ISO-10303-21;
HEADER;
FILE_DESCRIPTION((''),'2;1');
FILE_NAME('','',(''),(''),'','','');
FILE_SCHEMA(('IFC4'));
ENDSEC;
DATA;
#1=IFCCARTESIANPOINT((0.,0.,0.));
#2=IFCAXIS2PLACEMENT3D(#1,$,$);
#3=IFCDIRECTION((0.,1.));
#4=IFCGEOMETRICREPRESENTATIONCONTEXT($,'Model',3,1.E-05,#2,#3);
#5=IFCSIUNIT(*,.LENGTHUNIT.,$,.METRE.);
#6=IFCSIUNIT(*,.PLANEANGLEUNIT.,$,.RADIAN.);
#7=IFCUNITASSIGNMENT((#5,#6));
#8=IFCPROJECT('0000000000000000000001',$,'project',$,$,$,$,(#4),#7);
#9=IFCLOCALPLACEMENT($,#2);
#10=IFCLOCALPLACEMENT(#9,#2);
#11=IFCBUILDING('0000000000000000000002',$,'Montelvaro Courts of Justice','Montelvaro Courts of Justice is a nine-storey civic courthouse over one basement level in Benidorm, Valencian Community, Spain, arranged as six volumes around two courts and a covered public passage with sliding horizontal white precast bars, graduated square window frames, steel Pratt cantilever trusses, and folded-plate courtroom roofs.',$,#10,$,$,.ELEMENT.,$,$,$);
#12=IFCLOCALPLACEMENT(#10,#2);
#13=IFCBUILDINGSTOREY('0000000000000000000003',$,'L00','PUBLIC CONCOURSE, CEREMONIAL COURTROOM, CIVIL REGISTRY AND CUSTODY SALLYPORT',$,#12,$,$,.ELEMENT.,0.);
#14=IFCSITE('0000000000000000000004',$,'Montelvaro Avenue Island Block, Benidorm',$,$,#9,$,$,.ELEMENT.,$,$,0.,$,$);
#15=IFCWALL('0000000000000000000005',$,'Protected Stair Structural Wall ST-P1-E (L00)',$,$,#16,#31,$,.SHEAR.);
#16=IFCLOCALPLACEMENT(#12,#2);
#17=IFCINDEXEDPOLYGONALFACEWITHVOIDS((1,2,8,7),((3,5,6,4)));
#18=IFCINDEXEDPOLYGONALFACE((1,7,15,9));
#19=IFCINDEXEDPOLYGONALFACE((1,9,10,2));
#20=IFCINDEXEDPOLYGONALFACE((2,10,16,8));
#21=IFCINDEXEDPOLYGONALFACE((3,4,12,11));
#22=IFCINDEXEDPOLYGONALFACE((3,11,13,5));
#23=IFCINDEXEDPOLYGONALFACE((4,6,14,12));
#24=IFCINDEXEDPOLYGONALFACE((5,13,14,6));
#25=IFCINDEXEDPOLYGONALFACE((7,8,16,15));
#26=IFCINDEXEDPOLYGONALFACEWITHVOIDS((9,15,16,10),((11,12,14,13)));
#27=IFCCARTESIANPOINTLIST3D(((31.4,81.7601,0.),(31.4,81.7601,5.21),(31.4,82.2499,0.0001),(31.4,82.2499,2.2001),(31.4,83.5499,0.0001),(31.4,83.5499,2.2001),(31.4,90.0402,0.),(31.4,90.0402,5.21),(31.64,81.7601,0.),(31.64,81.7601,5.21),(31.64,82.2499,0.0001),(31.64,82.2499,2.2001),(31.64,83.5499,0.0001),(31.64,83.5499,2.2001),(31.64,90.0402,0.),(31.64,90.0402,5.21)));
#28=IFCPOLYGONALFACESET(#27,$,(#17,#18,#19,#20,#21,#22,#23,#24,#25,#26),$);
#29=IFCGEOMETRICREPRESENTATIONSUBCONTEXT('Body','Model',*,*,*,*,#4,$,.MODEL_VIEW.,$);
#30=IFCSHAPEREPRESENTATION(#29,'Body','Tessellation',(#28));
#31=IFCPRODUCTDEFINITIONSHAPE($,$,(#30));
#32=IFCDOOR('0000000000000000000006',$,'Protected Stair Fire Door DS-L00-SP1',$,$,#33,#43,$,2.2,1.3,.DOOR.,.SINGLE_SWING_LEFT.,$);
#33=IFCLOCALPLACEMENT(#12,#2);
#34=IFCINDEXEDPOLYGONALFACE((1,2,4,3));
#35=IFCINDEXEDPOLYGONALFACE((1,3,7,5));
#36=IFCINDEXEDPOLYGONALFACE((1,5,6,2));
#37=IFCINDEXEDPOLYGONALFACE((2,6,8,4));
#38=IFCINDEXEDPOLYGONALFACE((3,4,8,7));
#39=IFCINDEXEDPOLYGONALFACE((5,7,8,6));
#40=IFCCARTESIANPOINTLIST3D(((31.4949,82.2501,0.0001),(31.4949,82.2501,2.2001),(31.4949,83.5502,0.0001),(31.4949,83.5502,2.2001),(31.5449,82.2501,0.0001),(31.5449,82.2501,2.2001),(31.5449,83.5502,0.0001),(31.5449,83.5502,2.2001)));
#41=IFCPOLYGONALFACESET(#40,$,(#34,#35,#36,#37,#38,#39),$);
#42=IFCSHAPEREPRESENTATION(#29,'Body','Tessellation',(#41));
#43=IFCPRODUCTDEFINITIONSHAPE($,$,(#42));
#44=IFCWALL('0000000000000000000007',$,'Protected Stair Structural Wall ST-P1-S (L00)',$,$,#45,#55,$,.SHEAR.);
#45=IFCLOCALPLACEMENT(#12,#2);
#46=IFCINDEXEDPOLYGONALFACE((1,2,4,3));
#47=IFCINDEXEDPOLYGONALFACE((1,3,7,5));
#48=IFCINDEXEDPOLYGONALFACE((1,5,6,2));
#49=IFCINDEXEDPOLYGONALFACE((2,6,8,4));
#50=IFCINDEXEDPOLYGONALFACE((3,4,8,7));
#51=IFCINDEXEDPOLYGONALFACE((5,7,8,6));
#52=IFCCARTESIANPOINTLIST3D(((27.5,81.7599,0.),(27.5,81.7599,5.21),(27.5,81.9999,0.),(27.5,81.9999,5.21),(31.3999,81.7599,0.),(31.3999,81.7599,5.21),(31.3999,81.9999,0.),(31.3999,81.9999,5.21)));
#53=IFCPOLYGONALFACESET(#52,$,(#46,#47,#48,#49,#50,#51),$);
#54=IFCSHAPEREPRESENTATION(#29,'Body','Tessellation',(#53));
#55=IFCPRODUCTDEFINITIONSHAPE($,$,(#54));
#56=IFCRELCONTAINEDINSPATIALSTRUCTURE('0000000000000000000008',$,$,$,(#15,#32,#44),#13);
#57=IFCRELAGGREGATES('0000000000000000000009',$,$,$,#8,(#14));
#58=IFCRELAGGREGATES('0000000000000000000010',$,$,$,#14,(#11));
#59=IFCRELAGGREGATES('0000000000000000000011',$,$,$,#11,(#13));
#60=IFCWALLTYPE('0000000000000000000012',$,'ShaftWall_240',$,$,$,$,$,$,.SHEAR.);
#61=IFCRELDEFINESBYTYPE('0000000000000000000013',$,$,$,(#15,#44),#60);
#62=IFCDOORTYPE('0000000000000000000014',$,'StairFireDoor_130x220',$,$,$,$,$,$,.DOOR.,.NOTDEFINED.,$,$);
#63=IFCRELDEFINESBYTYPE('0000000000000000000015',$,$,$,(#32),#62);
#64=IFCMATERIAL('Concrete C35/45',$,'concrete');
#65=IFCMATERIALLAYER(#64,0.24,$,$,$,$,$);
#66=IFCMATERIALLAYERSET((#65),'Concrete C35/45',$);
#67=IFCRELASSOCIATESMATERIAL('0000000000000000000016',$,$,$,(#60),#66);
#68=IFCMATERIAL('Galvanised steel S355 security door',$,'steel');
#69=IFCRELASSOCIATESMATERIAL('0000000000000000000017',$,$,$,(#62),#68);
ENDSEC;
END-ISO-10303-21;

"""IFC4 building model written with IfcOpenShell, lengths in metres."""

from ifc_helpers import new_model, si_unit, direction, frame, frame_2d, origin, place, context, subcontext, project, spatial, rectangle, extrude, material, layer, layer_set, type_object, element, fill, save


model = new_model("IFC4")

# Units and contexts
model_context = context("Model", 3, precision=1e-05, world=origin(), true_north=direction((0.0, 1.0)))
body_context = subcontext(model_context, "Body", "Model", "MODEL_VIEW")
ifc_project = project(units=[si_unit("LENGTHUNIT", "METRE"), si_unit("PLANEANGLEUNIT", "RADIAN")], contexts=[model_context])

# Site, building, storey
site_placement = place(None, origin())
site = spatial("IfcSite", under=ifc_project, at=site_placement, Name="Montelvaro Avenue Island Block, Benidorm", CompositionType="ELEMENT", RefElevation=0.0)
building_placement = place(site_placement, origin())
building = spatial("IfcBuilding", under=site, at=building_placement, Name="Montelvaro Courts of Justice", Description="Montelvaro Courts of Justice is a nine-storey civic courthouse over one basement level in Benidorm, Valencian Community, Spain, arranged as six volumes around two courts and a covered public passage with sliding horizontal white precast bars, graduated square window frames, steel Pratt cantilever trusses, and folded-plate courtroom roofs.", CompositionType="ELEMENT")
storey_placement = place(building_placement, origin())
storey = spatial("IfcBuildingStorey", under=building, at=storey_placement, Name="L00", Description="PUBLIC CONCOURSE, CEREMONIAL COURTROOM, CIVIL REGISTRY AND CUSTODY SALLYPORT", CompositionType="ELEMENT", Elevation=0.0)

# Shared definitions
ifc_material_1 = material(Name="Concrete C35/45", Category="concrete")
ifc_layer_1 = layer(ifc_material_1, 0.24)
ifc_layer_set_1 = layer_set([ifc_layer_1], Name="Concrete C35/45")
wall_type_1 = type_object("IfcWallType", Name="ShaftWall_240", PredefinedType="SHEAR", material=ifc_layer_set_1)

# Wall, opening, door
wall_1_placement = place(storey_placement, frame((31.52, 81.76, 0.0), z_axis=(0.0, 0.0, 1.0), x_axis=(0.0, 1.0, 0.0)))
wall_1 = element("IfcWall", 1, at=wall_1_placement, inside=storey, type_object=wall_type_1, Name="Protected Stair Structural Wall ST-P1-E (L00)", PredefinedType="SHEAR", context=body_context, shape_type="SweptSolid", body=[
    extrude(rectangle(XDim=8.28, YDim=0.24, at=frame_2d((4.1401, 0.0))), origin(), (0.0, 0.0, 1.0), 5.21),
])
opening_1_placement = place(wall_1_placement, frame((0.49, 0.0, 0.0)))
opening_1 = element("IfcOpeningElement", 2, at=opening_1_placement, cuts=wall_1, PredefinedType="OPENING", context=body_context, shape_type="SweptSolid", body=[
    extrude(rectangle(XDim=1.3, YDim=2.2, at=frame_2d((0.6499, 1.1001))), frame((0.0, 0.1348, 0.0), z_axis=(0.0, -1.0, 0.0), x_axis=(1.0, 0.0, 0.0)), (0.0, 0.0, 1.0), 0.2698),
])
ifc_material_2 = material(Name="Galvanised steel S355 security door", Category="steel")
door_type_1 = type_object("IfcDoorType", Name="StairFireDoor_130x220", OperationType="NOTDEFINED", PredefinedType="DOOR", material=ifc_material_2)
door_1_placement = place(opening_1_placement, frame((1.3, 0.0, 0.0), z_axis=(0.0, 0.0, 1.0), x_axis=(-1.0, 0.0, 0.0)))
door_1 = element("IfcDoor", 3, at=door_1_placement, inside=storey, type_object=door_type_1, Name="Protected Stair Fire Door DS-L00-SP1", OperationType="SINGLE_SWING_LEFT", OverallHeight=2.2, OverallWidth=1.3, PredefinedType="DOOR", context=body_context, shape_type="SweptSolid", body=[
    extrude(rectangle(XDim=1.3, YDim=2.2, at=frame_2d((0.6499, 1.1001))), frame((0.0, 0.0249, 0.0), z_axis=(0.0, -1.0, 0.0), x_axis=(1.0, 0.0, 0.0)), (0.0, 0.0, 1.0), 0.05),
])
fill(opening_1, door_1)

# Wall
wall_2_placement = place(storey_placement, frame((27.5, 81.8799, 0.0), z_axis=(0.0, 0.0, 1.0), x_axis=(1.0, 0.0, 0.0)))
element("IfcWall", 4, at=wall_2_placement, inside=storey, type_object=wall_type_1, Name="Protected Stair Structural Wall ST-P1-S (L00)", PredefinedType="SHEAR", context=body_context, shape_type="SweptSolid", body=[
    extrude(rectangle(XDim=3.8999, YDim=0.24, at=frame_2d((1.95, 0.0))), origin(), (0.0, 0.0, 1.0), 5.21),
])

save(model, "model.ifc")
